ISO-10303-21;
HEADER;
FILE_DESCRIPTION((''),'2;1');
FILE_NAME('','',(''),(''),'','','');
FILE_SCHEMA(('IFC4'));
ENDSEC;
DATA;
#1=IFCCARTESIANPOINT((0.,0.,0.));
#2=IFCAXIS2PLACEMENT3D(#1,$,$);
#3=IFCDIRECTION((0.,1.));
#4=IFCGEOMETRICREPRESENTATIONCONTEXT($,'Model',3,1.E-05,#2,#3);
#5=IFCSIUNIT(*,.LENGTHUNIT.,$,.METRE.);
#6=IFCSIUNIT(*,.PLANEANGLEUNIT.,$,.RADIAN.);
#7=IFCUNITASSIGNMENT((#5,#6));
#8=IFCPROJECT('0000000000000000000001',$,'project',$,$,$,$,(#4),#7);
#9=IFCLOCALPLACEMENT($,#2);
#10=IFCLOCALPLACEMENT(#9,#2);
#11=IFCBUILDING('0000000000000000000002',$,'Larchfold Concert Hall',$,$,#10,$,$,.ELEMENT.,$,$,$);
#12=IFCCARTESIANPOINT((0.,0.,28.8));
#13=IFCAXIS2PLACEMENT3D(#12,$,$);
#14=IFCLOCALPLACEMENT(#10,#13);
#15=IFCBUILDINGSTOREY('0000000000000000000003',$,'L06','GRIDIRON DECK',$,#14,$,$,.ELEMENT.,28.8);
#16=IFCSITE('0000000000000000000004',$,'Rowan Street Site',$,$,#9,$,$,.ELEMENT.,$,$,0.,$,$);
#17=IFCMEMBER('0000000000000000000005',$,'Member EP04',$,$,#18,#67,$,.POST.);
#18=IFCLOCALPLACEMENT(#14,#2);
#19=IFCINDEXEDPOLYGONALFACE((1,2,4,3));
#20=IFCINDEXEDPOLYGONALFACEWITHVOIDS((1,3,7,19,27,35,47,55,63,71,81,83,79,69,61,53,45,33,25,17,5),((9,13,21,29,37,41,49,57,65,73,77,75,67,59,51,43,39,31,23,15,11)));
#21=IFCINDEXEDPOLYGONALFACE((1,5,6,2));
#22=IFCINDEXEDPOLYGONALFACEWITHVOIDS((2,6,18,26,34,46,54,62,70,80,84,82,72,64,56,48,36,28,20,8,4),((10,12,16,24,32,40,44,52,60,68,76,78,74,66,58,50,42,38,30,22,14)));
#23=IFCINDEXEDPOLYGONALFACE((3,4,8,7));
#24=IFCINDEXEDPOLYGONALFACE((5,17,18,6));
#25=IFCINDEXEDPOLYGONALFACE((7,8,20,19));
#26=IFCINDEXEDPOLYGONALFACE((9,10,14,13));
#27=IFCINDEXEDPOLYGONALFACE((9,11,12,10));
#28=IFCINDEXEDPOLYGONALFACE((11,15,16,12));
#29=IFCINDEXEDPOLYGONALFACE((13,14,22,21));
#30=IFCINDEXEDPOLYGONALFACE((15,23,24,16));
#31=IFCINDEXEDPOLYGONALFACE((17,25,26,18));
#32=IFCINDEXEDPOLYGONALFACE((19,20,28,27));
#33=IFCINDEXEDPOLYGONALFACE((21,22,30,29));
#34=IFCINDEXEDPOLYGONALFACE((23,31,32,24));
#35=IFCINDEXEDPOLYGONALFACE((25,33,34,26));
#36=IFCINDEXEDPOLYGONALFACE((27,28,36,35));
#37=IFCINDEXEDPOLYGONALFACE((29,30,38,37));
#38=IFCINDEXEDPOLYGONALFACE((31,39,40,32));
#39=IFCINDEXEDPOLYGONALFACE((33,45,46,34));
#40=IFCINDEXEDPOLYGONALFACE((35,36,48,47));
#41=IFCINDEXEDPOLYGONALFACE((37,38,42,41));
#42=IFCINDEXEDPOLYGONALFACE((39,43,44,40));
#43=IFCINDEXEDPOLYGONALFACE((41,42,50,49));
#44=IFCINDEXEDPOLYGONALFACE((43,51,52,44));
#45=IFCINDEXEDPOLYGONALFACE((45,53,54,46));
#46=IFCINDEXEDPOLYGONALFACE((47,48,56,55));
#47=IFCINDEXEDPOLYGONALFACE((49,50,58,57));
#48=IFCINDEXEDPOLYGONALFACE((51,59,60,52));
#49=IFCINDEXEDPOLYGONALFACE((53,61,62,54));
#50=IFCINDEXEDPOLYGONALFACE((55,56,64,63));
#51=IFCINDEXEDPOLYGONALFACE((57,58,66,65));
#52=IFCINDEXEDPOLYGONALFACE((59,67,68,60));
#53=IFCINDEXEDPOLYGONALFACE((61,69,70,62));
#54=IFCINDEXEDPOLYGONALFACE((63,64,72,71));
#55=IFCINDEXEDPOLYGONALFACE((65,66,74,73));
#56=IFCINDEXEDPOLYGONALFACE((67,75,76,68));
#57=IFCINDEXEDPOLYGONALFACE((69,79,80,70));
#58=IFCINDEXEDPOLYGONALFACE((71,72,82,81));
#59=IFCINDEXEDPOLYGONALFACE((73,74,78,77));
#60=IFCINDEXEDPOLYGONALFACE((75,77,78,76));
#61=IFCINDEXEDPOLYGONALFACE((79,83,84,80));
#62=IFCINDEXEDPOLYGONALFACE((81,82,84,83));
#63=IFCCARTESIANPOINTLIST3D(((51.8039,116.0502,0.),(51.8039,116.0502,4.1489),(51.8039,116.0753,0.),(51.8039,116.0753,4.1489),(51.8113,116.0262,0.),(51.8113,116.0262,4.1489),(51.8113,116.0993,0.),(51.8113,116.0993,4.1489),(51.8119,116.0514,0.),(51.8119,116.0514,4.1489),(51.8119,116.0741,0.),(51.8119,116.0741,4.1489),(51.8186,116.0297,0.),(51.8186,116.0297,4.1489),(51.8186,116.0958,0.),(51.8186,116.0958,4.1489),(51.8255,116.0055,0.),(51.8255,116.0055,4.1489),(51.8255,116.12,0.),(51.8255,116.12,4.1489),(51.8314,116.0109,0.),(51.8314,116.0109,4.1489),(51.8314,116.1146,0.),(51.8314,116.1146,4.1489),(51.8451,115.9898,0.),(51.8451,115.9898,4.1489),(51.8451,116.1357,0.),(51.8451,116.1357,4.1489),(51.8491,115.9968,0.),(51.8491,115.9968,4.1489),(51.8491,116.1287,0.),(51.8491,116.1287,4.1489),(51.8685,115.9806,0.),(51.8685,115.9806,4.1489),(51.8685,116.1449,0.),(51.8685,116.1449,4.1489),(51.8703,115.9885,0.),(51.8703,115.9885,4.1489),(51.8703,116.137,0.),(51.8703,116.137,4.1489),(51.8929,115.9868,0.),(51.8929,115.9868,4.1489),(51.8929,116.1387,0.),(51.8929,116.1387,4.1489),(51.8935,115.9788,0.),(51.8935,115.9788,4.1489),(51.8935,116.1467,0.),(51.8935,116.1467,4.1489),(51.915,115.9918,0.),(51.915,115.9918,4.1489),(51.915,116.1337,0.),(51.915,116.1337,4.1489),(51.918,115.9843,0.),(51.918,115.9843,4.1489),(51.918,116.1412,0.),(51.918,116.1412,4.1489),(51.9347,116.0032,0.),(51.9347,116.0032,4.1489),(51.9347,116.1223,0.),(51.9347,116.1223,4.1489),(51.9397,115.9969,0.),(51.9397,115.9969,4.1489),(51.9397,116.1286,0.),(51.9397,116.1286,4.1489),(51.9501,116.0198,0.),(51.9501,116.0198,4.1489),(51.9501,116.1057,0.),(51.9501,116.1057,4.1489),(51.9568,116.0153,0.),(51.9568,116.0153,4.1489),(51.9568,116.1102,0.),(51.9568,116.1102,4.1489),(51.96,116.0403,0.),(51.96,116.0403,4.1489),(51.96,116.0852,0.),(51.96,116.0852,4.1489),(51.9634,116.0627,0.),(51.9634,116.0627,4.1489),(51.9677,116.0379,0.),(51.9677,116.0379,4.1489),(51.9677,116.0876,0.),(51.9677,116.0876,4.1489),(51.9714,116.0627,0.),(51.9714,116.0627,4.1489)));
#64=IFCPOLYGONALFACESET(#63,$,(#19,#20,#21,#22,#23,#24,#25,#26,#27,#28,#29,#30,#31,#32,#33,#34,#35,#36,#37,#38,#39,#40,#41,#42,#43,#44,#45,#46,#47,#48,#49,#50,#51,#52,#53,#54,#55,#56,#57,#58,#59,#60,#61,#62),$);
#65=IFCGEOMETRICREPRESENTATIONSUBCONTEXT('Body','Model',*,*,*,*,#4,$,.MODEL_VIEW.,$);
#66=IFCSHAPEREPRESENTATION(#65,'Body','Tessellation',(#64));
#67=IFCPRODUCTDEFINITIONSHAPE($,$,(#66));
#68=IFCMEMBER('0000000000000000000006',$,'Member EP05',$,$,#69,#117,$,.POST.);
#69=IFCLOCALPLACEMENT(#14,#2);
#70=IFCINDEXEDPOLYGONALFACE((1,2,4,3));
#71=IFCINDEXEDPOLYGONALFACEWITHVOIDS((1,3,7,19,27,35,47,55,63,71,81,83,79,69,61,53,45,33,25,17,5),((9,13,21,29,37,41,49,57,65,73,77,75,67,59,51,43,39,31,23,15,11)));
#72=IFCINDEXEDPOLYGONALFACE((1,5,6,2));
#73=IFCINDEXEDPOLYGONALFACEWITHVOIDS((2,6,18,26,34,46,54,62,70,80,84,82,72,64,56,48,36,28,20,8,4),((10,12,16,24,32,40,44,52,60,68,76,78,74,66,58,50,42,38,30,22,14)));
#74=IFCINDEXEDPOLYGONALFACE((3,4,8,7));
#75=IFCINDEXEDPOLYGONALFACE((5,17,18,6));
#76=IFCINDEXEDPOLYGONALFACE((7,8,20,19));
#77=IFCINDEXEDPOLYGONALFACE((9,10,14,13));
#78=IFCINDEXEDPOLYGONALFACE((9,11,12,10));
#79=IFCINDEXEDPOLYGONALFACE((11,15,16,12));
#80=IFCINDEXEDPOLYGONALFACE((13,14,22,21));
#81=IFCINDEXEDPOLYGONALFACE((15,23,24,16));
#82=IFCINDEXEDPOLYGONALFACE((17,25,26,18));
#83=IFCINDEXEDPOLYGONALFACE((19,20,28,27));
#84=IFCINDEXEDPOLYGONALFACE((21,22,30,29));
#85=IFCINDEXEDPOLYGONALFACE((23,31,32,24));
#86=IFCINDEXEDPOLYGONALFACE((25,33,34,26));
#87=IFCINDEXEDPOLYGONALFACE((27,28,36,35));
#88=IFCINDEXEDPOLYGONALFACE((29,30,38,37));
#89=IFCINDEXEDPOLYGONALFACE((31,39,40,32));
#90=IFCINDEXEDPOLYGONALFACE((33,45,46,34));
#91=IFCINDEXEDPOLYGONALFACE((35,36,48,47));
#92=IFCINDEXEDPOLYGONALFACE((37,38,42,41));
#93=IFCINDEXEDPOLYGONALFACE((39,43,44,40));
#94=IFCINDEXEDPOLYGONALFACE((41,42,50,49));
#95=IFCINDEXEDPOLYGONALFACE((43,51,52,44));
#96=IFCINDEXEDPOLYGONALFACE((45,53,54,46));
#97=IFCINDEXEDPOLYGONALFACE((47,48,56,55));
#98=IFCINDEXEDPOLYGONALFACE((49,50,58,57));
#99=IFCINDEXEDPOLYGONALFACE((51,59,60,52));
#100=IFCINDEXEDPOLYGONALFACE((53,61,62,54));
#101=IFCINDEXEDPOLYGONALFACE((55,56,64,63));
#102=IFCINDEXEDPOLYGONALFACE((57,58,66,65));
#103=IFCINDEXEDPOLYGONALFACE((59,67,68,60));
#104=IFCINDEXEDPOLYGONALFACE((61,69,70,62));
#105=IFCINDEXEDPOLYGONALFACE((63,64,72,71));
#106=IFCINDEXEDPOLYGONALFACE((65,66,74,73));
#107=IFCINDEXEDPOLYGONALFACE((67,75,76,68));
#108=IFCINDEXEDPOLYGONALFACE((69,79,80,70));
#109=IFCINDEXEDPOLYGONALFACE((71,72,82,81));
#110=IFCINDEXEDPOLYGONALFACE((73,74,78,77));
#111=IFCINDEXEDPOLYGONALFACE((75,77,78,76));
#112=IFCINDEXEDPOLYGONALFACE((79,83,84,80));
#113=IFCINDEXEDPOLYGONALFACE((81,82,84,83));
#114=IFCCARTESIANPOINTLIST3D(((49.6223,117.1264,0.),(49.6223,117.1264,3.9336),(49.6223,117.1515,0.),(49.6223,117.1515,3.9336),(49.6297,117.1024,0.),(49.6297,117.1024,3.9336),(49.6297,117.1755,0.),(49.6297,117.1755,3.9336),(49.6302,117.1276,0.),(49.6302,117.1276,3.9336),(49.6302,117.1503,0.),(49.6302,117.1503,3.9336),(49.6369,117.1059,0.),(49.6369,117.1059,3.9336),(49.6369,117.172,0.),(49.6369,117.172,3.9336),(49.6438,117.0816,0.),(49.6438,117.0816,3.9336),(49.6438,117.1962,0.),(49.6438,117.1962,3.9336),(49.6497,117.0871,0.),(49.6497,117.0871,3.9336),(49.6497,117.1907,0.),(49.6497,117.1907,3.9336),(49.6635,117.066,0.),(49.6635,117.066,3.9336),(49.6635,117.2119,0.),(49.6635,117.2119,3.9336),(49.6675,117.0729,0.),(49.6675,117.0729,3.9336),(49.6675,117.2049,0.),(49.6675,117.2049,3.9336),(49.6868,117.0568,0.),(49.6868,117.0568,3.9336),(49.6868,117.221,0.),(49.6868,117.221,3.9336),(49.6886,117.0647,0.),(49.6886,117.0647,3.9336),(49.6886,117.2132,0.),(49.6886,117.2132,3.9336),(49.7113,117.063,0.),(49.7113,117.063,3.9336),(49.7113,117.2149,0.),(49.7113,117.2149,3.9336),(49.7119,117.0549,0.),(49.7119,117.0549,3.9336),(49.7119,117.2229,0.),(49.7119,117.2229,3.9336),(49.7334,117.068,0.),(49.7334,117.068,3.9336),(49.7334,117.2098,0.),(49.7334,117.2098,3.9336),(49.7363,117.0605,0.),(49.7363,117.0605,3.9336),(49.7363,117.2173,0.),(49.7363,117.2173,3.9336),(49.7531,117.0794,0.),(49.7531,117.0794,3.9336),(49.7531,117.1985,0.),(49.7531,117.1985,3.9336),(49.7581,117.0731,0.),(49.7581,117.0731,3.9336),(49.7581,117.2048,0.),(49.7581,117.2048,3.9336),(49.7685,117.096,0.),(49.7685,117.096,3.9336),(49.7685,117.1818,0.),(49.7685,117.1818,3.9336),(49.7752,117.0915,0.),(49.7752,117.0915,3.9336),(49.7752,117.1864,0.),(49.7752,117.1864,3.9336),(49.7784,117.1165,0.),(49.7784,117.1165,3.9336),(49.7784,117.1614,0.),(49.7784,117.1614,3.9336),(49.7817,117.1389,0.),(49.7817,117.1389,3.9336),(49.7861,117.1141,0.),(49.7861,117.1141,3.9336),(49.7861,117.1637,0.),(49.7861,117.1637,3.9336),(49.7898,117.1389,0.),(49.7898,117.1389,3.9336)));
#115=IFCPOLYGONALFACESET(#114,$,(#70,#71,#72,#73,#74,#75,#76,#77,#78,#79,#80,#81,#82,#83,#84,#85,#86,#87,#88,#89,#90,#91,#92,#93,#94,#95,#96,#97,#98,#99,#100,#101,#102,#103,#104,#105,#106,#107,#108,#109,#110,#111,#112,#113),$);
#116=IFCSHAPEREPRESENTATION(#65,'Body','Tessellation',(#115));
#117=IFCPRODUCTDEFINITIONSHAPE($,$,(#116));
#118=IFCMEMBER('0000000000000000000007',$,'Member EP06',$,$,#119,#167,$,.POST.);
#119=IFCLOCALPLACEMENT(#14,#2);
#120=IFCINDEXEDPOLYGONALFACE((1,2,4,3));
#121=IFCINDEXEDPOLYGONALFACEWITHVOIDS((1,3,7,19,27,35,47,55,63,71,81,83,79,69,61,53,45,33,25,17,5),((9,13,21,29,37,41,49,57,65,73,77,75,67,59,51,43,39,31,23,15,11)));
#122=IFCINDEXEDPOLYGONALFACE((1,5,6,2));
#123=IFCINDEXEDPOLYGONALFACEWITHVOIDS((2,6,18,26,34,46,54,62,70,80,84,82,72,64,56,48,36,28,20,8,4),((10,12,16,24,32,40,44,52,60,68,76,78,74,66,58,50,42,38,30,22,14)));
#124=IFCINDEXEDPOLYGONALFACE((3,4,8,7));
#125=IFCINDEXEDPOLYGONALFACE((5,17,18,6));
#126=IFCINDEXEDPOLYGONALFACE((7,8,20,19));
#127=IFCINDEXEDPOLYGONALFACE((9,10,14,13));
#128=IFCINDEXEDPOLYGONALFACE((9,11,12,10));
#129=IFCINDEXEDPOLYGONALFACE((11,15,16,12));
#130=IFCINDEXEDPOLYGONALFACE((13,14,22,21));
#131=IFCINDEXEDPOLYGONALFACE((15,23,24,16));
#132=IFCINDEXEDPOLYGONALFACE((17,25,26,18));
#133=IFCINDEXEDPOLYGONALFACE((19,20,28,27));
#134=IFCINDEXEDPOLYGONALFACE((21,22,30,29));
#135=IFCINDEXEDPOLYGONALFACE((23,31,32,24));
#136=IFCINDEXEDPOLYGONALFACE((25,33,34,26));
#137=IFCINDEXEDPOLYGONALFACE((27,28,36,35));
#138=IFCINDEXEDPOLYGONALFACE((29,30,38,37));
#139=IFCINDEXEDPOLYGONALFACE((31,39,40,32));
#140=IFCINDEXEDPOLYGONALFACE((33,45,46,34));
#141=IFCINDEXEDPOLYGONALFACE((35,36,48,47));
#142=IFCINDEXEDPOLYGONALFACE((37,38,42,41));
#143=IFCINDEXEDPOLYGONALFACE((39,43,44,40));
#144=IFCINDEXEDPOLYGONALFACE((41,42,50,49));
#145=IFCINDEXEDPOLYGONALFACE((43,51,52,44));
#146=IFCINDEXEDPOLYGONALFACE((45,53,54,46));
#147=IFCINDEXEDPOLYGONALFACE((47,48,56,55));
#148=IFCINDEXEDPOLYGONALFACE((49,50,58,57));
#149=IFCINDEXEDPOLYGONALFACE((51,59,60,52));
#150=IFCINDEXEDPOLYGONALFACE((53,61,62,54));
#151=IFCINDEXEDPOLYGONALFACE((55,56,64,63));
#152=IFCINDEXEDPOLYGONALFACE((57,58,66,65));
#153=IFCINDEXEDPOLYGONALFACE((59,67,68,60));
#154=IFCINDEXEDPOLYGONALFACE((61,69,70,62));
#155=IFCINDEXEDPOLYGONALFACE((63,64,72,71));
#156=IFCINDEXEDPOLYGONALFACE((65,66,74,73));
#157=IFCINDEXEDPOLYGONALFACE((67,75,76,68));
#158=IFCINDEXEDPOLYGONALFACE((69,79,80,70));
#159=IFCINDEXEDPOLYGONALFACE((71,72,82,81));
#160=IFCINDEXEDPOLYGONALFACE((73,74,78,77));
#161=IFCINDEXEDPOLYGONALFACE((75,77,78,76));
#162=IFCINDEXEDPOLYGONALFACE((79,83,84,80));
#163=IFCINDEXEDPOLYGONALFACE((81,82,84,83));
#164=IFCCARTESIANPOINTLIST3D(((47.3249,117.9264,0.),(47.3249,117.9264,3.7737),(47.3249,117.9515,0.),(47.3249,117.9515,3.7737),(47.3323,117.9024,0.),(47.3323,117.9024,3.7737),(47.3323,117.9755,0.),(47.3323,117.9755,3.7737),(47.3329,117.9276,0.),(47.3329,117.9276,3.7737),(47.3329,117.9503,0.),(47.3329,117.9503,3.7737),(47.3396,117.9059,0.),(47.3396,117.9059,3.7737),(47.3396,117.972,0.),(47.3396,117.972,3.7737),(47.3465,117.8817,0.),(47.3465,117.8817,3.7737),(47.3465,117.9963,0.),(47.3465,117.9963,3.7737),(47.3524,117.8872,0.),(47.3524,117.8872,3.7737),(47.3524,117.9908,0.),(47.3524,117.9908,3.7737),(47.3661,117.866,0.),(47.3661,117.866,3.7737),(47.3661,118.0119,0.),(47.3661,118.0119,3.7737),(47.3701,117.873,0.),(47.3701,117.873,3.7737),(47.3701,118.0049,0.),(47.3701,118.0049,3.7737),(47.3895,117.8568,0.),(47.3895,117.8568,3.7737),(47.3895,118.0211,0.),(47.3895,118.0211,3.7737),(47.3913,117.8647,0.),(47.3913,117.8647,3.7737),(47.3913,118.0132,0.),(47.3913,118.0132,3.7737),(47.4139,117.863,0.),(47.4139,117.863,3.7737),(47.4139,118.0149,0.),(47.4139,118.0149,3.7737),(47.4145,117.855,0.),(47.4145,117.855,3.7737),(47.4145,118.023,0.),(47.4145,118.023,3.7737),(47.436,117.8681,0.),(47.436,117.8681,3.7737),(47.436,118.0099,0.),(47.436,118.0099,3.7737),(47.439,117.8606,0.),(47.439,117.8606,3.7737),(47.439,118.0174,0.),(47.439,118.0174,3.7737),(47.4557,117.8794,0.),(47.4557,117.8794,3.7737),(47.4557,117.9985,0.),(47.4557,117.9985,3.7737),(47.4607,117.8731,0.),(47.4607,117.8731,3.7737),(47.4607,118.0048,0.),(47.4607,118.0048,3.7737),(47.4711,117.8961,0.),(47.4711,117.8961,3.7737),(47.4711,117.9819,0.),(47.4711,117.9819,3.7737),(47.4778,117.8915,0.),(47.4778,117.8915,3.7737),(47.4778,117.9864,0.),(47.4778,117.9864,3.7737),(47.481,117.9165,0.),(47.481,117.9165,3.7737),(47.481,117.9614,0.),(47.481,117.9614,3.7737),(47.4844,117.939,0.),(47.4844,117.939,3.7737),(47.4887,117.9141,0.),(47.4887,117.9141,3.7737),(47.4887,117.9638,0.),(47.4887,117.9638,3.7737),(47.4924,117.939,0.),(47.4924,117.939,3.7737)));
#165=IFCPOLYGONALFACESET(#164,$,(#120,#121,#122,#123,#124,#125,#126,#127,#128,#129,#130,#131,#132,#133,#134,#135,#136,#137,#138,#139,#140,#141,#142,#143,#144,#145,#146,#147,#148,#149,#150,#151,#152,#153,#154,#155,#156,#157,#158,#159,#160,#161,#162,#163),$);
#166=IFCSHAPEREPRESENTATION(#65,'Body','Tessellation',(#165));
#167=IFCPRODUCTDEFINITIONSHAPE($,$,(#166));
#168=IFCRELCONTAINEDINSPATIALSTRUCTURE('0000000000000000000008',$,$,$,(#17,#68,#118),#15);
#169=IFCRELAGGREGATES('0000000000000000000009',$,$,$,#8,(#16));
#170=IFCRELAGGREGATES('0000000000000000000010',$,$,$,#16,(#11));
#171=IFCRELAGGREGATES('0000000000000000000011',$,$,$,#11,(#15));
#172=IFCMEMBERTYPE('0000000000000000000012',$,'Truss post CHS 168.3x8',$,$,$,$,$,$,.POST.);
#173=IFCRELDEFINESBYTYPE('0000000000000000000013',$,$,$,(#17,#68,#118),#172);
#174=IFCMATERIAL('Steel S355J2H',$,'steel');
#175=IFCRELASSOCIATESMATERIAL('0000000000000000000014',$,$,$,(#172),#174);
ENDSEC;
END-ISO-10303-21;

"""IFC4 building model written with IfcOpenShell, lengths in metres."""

from ifc_helpers import new_model, si_unit, direction, frame, origin, origin_2d, place, context, subcontext, project, spatial, hollow_circle, extrude, material, material_profile, profile_set, type_object, element, save


model = new_model("IFC4")

# Units and contexts
model_context = context("Model", 3, precision=1e-05, world=origin(), true_north=direction((0.0, 1.0)))
body_context = subcontext(model_context, "Body", "Model", "MODEL_VIEW")
ifc_project = project(units=[si_unit("LENGTHUNIT", "METRE"), si_unit("PLANEANGLEUNIT", "RADIAN")], contexts=[model_context])

# Site, building, storey
site_placement = place(None, origin())
site = spatial("IfcSite", under=ifc_project, at=site_placement, Name="Rowan Street Site", CompositionType="ELEMENT", RefElevation=0.0)
building_placement = place(site_placement, origin())
building = spatial("IfcBuilding", under=site, at=building_placement, Name="Larchfold Concert Hall", CompositionType="ELEMENT")
storey_placement = place(building_placement, frame((0.0, 0.0, 28.8)))
storey = spatial("IfcBuildingStorey", under=building, at=storey_placement, Name="L06", Description="GRIDIRON DECK", CompositionType="ELEMENT", Elevation=28.8)

# Members
ifc_material_1 = material(Name="Steel S355J2H", Category="steel")
ifc_material_profile_1 = material_profile(ifc_material_1, hollow_circle(Radius=0.0842, WallThickness=0.0081, at=origin_2d()))
ifc_profile_set_1 = profile_set([ifc_material_profile_1], Name="Steel S355J2H")
member_type_1 = type_object("IfcMemberType", Name="Truss post CHS 168.3x8", PredefinedType="POST", material=ifc_profile_set_1)
member_1_placement = place(storey_placement, frame((51.8872, 116.0627, 0.0), z_axis=(0.0, 0.0, 1.0), x_axis=(1.0, 0.0, 0.0)))
element("IfcMember", 1, at=member_1_placement, inside=storey, type_object=member_type_1, Name="Member EP04", PredefinedType="POST", context=body_context, shape_type="SweptSolid", body=[
    extrude(hollow_circle(Radius=0.0842, WallThickness=0.0081, at=origin_2d()), origin(), (0.0, 0.0, 1.0), 4.1489),
])
member_2_placement = place(storey_placement, frame((49.7056, 117.1389, 0.0), z_axis=(0.0, 0.0, 1.0), x_axis=(1.0, 0.0, 0.0)))
element("IfcMember", 2, at=member_2_placement, inside=storey, type_object=member_type_1, Name="Member EP05", PredefinedType="POST", context=body_context, shape_type="SweptSolid", body=[
    extrude(hollow_circle(Radius=0.0842, WallThickness=0.0081, at=origin_2d()), origin(), (0.0, 0.0, 1.0), 3.9336),
])
member_3_placement = place(storey_placement, frame((47.4082, 117.939, 0.0), z_axis=(0.0, 0.0, 1.0), x_axis=(1.0, 0.0, 0.0)))
element("IfcMember", 3, at=member_3_placement, inside=storey, type_object=member_type_1, Name="Member EP06", PredefinedType="POST", context=body_context, shape_type="SweptSolid", body=[
    extrude(hollow_circle(Radius=0.0842, WallThickness=0.0081, at=origin_2d()), origin(), (0.0, 0.0, 1.0), 3.7737),
])

save(model, "model.ifc")
